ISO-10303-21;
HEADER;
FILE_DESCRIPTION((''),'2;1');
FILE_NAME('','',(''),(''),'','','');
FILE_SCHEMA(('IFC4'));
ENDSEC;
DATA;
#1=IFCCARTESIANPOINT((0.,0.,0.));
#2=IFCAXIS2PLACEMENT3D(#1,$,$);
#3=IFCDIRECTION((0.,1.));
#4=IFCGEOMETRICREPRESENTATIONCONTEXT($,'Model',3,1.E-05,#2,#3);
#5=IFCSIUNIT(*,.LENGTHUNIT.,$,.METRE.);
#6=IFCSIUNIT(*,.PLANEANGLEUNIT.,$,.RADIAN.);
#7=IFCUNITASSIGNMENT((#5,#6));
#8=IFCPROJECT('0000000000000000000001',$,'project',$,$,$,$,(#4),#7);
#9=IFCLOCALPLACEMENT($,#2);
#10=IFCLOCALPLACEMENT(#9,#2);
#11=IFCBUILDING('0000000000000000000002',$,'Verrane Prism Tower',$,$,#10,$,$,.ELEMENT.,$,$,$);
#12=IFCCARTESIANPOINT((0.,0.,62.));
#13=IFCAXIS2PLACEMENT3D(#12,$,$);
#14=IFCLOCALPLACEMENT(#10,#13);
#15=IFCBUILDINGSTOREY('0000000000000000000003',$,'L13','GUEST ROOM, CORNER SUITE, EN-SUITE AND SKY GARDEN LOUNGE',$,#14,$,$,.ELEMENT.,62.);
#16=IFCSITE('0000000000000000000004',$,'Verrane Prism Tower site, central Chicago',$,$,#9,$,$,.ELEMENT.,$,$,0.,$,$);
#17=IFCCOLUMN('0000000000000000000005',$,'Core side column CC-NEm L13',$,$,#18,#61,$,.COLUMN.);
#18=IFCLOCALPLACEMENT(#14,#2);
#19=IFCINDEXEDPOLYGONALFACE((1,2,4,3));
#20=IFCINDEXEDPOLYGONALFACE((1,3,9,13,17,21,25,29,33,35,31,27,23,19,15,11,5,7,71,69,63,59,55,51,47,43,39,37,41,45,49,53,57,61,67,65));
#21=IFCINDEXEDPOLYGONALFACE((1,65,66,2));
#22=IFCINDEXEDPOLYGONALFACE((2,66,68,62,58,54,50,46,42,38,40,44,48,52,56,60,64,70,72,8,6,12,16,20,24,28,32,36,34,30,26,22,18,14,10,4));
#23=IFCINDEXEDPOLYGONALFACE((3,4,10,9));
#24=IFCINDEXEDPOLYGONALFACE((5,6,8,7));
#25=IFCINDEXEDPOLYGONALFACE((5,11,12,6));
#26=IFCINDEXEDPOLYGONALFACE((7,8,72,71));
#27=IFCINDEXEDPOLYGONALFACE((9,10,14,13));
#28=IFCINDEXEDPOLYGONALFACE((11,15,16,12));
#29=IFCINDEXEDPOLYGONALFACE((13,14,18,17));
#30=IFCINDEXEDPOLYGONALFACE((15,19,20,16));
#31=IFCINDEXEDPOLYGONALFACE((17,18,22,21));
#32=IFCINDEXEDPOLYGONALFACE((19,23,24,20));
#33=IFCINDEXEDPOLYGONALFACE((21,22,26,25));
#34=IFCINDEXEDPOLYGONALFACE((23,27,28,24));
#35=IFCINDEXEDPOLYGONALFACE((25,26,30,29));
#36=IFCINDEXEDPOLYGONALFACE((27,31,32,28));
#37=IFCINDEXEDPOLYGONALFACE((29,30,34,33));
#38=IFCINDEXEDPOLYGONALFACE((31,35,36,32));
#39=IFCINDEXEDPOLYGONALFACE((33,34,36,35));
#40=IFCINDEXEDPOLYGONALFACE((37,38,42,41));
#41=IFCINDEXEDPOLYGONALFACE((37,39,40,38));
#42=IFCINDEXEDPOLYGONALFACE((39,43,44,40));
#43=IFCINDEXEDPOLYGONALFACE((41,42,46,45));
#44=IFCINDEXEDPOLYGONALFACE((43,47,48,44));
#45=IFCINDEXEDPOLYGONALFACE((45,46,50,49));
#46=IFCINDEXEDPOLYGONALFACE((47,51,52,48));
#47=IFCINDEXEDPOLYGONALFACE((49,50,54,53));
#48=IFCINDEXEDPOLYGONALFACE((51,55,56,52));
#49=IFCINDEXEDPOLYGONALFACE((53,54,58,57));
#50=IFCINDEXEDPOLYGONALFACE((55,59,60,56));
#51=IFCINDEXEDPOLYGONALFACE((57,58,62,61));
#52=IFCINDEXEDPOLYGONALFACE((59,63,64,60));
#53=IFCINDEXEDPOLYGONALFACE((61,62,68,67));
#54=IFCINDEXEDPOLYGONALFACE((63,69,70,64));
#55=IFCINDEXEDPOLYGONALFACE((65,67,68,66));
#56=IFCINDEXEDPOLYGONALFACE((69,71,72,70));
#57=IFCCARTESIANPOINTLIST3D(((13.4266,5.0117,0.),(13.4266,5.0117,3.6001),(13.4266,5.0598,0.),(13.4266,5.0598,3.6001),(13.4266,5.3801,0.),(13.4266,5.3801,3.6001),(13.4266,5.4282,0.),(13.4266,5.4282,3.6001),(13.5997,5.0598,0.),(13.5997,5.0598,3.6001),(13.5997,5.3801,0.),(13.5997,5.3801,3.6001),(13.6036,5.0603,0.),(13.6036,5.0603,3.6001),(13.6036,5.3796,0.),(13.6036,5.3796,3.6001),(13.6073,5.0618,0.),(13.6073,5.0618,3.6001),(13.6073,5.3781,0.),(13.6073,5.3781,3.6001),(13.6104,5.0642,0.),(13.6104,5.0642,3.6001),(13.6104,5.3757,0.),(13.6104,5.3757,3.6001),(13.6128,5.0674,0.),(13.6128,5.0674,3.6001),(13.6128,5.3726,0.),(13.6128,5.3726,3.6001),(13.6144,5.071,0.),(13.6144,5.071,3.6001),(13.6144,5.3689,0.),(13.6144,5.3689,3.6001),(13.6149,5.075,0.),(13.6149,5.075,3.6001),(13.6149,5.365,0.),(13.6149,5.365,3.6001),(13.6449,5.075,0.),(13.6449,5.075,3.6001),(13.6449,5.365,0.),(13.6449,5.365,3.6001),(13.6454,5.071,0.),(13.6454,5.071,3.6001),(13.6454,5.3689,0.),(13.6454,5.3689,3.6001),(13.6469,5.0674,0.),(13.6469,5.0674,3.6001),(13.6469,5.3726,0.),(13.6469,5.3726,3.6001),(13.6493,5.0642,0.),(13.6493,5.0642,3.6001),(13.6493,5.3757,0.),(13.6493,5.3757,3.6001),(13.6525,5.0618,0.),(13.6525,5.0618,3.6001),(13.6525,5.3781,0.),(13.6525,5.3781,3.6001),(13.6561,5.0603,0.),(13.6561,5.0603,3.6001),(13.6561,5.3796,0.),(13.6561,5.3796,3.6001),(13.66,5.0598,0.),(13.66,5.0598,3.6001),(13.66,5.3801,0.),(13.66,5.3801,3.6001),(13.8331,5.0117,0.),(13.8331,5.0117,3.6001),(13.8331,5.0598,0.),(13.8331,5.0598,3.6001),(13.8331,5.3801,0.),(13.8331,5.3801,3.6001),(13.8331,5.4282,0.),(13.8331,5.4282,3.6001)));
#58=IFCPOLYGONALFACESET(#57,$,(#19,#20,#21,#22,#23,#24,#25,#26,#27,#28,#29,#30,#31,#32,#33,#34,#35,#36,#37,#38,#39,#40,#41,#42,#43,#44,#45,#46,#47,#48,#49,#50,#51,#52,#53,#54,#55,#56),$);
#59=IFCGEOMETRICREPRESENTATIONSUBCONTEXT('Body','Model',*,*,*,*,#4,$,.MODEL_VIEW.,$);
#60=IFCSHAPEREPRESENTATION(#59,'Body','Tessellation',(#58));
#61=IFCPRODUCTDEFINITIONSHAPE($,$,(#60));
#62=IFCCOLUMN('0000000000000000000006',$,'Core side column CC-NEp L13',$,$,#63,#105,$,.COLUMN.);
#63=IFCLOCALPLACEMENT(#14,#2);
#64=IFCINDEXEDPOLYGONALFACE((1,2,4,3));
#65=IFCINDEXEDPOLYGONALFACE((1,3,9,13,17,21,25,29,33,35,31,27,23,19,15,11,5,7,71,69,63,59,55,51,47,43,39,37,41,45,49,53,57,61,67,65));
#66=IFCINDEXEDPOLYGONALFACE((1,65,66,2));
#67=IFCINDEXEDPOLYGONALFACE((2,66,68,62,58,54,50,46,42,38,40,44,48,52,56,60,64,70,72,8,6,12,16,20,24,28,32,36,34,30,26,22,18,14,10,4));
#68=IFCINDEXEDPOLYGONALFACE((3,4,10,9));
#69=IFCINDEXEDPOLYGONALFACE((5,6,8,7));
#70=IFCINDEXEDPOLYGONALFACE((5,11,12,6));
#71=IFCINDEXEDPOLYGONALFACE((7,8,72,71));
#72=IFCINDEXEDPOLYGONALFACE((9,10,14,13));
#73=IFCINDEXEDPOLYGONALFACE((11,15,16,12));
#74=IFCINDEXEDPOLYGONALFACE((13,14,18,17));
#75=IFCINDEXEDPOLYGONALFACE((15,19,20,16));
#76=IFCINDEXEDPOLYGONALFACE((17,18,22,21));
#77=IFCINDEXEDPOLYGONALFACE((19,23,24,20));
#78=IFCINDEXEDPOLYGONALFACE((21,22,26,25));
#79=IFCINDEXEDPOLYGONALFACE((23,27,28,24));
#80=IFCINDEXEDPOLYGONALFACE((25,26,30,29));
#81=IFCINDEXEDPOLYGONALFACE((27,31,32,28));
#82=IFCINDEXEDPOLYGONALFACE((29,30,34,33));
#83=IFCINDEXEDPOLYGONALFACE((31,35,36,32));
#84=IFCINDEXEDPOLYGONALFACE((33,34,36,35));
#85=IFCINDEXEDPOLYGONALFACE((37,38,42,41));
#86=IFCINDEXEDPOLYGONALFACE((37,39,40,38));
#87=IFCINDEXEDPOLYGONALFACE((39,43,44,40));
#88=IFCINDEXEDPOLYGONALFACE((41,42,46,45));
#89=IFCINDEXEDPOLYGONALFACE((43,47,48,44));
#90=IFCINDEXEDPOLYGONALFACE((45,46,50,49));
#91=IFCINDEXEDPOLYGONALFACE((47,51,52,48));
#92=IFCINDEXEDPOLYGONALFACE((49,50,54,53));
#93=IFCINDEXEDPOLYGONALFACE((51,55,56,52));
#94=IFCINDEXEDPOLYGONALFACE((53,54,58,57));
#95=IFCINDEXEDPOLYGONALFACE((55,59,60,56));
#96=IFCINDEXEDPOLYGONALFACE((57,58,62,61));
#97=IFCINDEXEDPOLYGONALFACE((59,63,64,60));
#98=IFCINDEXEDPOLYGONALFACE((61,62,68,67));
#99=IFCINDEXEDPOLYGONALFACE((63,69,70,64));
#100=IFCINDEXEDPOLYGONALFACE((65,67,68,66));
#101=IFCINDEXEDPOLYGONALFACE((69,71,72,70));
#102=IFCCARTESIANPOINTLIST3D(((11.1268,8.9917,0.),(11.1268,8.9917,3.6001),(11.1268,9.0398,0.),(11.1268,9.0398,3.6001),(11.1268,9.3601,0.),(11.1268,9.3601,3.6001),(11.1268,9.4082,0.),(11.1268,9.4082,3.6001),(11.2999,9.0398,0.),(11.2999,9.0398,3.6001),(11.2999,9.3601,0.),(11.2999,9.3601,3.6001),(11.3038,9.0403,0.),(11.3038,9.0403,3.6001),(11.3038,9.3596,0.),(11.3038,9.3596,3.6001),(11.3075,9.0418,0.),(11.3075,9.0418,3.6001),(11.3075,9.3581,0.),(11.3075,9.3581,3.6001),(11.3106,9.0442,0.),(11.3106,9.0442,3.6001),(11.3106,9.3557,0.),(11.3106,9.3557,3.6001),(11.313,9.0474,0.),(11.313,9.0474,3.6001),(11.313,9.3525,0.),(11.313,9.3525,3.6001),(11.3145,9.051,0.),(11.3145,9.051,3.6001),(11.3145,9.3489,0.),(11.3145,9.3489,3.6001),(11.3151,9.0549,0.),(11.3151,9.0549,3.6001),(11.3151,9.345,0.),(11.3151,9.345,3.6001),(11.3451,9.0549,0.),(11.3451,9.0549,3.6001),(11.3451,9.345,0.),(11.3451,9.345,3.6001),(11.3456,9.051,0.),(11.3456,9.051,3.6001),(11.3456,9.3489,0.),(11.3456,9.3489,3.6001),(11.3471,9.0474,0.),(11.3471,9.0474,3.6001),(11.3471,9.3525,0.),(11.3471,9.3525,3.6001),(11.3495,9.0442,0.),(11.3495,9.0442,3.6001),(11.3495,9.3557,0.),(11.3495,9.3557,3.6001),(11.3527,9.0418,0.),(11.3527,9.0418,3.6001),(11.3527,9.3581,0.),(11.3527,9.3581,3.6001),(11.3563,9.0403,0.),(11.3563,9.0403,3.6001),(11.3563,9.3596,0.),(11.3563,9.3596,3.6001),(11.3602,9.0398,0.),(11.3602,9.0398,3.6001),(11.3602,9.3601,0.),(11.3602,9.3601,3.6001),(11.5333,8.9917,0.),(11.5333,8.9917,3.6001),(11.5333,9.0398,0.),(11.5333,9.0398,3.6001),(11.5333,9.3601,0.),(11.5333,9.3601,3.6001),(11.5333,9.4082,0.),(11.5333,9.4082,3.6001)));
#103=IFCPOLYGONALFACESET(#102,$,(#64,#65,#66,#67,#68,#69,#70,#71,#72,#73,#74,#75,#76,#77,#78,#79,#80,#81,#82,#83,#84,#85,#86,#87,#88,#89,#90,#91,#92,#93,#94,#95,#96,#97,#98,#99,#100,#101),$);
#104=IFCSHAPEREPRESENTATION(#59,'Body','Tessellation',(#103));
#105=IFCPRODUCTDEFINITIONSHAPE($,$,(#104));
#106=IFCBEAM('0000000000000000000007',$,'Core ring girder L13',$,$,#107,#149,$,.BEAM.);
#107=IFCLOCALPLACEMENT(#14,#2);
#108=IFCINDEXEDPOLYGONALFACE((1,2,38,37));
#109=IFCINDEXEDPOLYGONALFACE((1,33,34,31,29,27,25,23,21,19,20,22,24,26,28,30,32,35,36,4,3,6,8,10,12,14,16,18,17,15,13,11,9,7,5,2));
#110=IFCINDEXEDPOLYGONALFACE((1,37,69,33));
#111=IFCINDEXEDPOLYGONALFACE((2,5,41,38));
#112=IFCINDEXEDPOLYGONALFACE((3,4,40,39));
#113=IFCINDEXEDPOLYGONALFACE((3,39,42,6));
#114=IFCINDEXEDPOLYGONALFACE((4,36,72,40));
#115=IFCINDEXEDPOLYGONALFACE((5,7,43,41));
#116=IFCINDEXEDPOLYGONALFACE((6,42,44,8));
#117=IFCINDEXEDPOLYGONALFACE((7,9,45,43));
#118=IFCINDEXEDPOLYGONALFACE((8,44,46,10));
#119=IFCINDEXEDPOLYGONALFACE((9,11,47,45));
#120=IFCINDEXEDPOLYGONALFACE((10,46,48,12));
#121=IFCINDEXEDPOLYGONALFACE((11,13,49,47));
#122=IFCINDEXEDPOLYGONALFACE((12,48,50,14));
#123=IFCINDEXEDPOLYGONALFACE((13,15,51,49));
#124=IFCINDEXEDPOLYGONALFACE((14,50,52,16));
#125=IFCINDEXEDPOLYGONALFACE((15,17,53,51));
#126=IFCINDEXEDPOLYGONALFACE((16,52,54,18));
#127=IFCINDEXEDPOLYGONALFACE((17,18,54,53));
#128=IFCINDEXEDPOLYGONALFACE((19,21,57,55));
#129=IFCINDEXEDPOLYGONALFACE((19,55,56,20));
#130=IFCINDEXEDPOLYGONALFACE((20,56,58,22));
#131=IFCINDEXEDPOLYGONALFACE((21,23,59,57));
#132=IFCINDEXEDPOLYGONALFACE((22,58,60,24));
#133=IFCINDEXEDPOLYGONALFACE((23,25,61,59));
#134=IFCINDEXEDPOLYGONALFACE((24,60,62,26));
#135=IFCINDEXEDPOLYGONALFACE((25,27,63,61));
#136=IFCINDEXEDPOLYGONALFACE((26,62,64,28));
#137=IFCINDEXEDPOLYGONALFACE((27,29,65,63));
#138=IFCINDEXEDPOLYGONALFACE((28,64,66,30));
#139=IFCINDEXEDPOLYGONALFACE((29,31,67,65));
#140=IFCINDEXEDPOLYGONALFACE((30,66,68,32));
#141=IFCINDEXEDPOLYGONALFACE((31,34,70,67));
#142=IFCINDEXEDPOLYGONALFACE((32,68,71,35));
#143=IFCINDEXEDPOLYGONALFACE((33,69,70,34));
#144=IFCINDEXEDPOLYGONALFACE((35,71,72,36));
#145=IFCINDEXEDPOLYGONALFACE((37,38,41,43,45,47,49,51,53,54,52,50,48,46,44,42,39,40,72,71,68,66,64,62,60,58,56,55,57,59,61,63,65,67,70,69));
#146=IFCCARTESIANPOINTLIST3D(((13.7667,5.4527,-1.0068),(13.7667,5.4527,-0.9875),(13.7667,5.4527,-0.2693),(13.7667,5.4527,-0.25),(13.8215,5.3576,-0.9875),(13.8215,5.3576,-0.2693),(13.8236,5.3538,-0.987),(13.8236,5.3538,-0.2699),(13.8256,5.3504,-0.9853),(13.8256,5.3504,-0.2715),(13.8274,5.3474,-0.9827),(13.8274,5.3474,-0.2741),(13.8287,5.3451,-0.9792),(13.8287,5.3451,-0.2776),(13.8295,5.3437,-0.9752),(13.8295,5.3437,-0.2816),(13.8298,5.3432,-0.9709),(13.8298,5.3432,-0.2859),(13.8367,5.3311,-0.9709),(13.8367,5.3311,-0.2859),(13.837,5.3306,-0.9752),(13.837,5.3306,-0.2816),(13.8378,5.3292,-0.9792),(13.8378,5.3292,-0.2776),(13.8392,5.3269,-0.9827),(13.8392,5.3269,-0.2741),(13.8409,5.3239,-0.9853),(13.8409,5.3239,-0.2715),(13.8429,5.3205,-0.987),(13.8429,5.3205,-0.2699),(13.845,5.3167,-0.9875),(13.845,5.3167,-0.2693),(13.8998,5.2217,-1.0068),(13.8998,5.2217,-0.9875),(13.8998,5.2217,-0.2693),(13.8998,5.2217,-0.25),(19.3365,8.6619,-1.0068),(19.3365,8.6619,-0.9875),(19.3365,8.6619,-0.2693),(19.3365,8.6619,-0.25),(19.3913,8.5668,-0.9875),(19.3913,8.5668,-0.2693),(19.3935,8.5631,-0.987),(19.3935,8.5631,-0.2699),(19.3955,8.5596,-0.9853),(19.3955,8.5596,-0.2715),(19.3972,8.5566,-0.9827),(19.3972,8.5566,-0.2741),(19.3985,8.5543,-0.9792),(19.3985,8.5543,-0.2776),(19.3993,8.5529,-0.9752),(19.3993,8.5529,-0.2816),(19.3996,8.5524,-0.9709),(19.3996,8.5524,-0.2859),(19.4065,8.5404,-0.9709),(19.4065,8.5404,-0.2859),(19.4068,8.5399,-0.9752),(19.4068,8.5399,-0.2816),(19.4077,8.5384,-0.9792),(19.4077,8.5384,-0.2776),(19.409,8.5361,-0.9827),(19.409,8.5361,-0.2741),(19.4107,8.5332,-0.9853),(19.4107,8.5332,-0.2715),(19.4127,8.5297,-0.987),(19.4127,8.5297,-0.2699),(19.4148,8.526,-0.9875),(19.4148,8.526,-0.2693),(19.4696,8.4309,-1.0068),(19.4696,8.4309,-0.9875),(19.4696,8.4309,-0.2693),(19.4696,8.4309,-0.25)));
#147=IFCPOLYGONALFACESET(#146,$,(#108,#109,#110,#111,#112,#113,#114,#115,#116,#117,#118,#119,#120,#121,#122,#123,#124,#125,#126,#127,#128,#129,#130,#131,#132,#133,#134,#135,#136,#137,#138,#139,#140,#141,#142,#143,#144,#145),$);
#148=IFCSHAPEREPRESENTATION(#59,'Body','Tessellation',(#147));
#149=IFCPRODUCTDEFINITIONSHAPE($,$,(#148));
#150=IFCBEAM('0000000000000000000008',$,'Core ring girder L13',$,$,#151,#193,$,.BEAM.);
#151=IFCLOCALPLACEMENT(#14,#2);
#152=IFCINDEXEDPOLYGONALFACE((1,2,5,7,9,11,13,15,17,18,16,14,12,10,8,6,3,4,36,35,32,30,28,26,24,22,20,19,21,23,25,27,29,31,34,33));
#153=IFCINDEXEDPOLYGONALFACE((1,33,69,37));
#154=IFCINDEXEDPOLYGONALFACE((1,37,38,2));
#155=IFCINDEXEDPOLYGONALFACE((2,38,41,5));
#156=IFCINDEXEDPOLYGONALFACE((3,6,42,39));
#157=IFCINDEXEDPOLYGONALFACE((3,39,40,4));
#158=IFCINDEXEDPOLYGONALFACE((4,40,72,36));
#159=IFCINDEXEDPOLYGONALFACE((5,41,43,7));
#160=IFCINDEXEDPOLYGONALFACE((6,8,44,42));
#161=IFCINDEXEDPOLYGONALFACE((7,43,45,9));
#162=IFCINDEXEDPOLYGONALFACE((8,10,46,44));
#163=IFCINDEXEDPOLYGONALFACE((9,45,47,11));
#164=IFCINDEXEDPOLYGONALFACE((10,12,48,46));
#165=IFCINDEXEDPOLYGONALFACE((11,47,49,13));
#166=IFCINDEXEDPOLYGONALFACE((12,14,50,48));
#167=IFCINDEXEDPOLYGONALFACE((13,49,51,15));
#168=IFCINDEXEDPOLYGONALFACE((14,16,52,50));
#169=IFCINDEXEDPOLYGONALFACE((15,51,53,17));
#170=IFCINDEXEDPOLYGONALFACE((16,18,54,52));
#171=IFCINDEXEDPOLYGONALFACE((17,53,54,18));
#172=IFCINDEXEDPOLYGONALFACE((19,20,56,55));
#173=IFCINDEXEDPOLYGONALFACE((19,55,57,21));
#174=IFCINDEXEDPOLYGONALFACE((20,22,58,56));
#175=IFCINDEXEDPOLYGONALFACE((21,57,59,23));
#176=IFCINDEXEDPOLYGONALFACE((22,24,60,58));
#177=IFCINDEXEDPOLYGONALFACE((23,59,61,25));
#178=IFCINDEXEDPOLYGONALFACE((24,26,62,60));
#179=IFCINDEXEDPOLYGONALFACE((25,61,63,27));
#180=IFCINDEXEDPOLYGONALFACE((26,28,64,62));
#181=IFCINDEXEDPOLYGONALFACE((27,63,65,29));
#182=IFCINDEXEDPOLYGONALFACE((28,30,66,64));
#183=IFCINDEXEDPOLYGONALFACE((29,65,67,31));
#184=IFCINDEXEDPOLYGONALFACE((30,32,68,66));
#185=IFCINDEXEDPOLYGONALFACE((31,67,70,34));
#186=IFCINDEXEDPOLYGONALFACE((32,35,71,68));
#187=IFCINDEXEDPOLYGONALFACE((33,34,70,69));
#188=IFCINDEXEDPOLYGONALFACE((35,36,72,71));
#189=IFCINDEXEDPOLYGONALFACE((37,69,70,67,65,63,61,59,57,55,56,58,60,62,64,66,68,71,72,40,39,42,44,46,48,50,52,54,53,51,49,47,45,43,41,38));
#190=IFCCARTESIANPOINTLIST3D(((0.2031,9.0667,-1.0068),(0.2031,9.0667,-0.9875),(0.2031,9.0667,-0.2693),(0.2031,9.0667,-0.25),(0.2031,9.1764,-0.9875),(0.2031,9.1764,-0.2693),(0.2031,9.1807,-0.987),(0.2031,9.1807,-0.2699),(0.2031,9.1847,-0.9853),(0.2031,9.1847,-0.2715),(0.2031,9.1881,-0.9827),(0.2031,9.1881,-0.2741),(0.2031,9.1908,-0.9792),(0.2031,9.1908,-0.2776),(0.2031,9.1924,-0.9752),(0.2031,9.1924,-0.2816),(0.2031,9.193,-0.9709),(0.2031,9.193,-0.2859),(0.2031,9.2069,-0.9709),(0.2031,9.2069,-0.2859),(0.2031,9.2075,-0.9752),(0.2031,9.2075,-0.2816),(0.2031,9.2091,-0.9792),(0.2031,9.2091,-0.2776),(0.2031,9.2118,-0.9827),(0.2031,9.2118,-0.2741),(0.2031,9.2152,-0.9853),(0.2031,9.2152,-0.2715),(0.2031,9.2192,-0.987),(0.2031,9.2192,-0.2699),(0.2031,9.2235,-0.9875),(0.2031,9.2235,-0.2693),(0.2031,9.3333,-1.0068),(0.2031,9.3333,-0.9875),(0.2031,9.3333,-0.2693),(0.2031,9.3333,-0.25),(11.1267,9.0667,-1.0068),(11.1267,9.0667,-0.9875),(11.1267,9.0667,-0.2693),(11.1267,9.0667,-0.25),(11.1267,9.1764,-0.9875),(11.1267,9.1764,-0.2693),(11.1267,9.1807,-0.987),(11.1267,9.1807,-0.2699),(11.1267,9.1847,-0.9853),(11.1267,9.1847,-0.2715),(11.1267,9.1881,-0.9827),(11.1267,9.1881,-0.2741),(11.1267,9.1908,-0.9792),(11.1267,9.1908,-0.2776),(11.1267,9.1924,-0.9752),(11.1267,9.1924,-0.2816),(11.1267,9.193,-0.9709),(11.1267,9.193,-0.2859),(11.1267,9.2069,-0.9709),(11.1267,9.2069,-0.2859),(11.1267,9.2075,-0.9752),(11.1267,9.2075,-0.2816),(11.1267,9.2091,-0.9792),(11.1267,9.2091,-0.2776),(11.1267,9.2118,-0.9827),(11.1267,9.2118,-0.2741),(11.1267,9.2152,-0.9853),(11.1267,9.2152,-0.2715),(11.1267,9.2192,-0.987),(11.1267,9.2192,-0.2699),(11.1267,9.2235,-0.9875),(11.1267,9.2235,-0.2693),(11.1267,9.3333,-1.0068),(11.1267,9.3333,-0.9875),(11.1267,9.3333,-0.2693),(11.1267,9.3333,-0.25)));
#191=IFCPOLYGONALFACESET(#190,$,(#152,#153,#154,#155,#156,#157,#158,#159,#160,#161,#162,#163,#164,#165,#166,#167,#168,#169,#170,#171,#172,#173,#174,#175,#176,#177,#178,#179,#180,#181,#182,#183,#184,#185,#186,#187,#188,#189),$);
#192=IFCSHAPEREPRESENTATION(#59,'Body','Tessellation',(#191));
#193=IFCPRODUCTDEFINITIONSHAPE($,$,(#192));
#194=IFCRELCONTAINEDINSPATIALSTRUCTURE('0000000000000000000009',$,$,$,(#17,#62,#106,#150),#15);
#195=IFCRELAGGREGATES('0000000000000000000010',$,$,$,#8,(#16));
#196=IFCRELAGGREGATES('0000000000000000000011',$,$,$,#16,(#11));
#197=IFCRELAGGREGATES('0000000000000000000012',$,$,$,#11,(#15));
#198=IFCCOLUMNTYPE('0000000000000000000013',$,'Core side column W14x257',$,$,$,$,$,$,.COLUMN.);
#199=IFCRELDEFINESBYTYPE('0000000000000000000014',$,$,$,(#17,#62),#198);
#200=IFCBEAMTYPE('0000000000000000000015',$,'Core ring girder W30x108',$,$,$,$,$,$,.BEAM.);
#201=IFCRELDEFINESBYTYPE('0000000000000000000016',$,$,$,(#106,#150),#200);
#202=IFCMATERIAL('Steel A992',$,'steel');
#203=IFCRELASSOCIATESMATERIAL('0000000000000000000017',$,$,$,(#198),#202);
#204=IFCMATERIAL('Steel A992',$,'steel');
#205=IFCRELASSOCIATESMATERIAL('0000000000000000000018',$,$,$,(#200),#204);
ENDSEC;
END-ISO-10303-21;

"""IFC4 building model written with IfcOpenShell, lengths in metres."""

from ifc_helpers import new_model, si_unit, direction, frame, origin, origin_2d, place, context, subcontext, project, spatial, i_section, extrude, material, material_profile, profile_set, type_object, element, save


model = new_model("IFC4")

# Units and contexts
model_context = context("Model", 3, precision=1e-05, world=origin(), true_north=direction((0.0, 1.0)))
body_context = subcontext(model_context, "Body", "Model", "MODEL_VIEW")
ifc_project = project(units=[si_unit("LENGTHUNIT", "METRE"), si_unit("PLANEANGLEUNIT", "RADIAN")], contexts=[model_context])

# Site, building, storey
site_placement = place(None, origin())
site = spatial("IfcSite", under=ifc_project, at=site_placement, Name="Verrane Prism Tower site, central Chicago", CompositionType="ELEMENT", RefElevation=0.0)
building_placement = place(site_placement, origin())
building = spatial("IfcBuilding", under=site, at=building_placement, Name="Verrane Prism Tower", CompositionType="ELEMENT")
storey_placement = place(building_placement, frame((0.0, 0.0, 62.0)))
storey = spatial("IfcBuildingStorey", under=building, at=storey_placement, Name="L13", Description="GUEST ROOM, CORNER SUITE, EN-SUITE AND SKY GARDEN LOUNGE", CompositionType="ELEMENT", Elevation=62.0)

# Columns
ifc_material_1 = material(Name="Steel A992", Category="steel")
ifc_material_profile_1 = material_profile(ifc_material_1, i_section(OverallWidth=0.4065, OverallDepth=0.4165, WebThickness=0.03, FlangeThickness=0.0481, FilletRadius=0.0151, at=origin_2d()), Name="W14x257")
ifc_profile_set_1 = profile_set([ifc_material_profile_1], Name="Steel A992")
column_type = type_object("IfcColumnType", Name="Core side column W14x257", PredefinedType="COLUMN", material=ifc_profile_set_1)
for number, where, z_axis, x_axis, name in (
    (1, (13.6299, 5.22, 0.0), (0.0, 0.0, 1.0), (1.0, 0.0, 0.0), "Core side column CC-NEm L13"),
    (2, (11.3301, 9.2, 0.0), (0.0, 0.0, 1.0), (1.0, 0.0, 0.0), "Core side column CC-NEp L13"),
):
    element("IfcColumn", number, at=place(storey_placement, frame(where, z_axis=z_axis, x_axis=x_axis)), inside=storey, type_object=column_type, Name=name, PredefinedType="COLUMN", context=body_context, shape_type="SweptSolid", body=[
        extrude(i_section(OverallWidth=0.4065, OverallDepth=0.4165, WebThickness=0.03, FlangeThickness=0.0481, FilletRadius=0.0151, at=origin_2d()), origin(), (0.0, 0.0, 1.0), 3.6001),
    ])

# Beams
ifc_material_2 = material(Name="Steel A992", Category="steel")
ifc_material_profile_2 = material_profile(ifc_material_2, i_section(OverallWidth=0.2666, OverallDepth=0.7568, WebThickness=0.0139, FlangeThickness=0.0193, FilletRadius=0.0166, at=origin_2d()), Name="W30x108")
ifc_profile_set_2 = profile_set([ifc_material_profile_2], Name="Steel A992")
beam_type = type_object("IfcBeamType", Name="Core ring girder W30x108", PredefinedType="BEAM", material=ifc_profile_set_2)
beam_1_placement = place(storey_placement, frame((13.8333, 5.3372, -0.6284), z_axis=(0.866464, 0.49924, 0.0), x_axis=(-0.49924, 0.866464, 0.0)))
element("IfcBeam", 3, at=beam_1_placement, inside=storey, type_object=beam_type, Name="Core ring girder L13", PredefinedType="BEAM", context=body_context, shape_type="SweptSolid", body=[
    extrude(i_section(OverallWidth=0.2666, OverallDepth=0.7568, WebThickness=0.0139, FlangeThickness=0.0193, FilletRadius=0.0166, at=origin_2d()), origin(), (0.0, 0.0, 1.0), 6.4282),
])
beam_2_placement = place(storey_placement, frame((11.1267, 9.2, -0.6284), z_axis=(-1.0, 0.0, 0.0), x_axis=(0.0, -1.0, 0.0)))
element("IfcBeam", 4, at=beam_2_placement, inside=storey, type_object=beam_type, Name="Core ring girder L13", PredefinedType="BEAM", context=body_context, shape_type="SweptSolid", body=[
    extrude(i_section(OverallWidth=0.2666, OverallDepth=0.7568, WebThickness=0.0139, FlangeThickness=0.0193, FilletRadius=0.0166, at=origin_2d()), origin(), (0.0, 0.0, 1.0), 10.9236),
])

save(model, "model.ifc")
